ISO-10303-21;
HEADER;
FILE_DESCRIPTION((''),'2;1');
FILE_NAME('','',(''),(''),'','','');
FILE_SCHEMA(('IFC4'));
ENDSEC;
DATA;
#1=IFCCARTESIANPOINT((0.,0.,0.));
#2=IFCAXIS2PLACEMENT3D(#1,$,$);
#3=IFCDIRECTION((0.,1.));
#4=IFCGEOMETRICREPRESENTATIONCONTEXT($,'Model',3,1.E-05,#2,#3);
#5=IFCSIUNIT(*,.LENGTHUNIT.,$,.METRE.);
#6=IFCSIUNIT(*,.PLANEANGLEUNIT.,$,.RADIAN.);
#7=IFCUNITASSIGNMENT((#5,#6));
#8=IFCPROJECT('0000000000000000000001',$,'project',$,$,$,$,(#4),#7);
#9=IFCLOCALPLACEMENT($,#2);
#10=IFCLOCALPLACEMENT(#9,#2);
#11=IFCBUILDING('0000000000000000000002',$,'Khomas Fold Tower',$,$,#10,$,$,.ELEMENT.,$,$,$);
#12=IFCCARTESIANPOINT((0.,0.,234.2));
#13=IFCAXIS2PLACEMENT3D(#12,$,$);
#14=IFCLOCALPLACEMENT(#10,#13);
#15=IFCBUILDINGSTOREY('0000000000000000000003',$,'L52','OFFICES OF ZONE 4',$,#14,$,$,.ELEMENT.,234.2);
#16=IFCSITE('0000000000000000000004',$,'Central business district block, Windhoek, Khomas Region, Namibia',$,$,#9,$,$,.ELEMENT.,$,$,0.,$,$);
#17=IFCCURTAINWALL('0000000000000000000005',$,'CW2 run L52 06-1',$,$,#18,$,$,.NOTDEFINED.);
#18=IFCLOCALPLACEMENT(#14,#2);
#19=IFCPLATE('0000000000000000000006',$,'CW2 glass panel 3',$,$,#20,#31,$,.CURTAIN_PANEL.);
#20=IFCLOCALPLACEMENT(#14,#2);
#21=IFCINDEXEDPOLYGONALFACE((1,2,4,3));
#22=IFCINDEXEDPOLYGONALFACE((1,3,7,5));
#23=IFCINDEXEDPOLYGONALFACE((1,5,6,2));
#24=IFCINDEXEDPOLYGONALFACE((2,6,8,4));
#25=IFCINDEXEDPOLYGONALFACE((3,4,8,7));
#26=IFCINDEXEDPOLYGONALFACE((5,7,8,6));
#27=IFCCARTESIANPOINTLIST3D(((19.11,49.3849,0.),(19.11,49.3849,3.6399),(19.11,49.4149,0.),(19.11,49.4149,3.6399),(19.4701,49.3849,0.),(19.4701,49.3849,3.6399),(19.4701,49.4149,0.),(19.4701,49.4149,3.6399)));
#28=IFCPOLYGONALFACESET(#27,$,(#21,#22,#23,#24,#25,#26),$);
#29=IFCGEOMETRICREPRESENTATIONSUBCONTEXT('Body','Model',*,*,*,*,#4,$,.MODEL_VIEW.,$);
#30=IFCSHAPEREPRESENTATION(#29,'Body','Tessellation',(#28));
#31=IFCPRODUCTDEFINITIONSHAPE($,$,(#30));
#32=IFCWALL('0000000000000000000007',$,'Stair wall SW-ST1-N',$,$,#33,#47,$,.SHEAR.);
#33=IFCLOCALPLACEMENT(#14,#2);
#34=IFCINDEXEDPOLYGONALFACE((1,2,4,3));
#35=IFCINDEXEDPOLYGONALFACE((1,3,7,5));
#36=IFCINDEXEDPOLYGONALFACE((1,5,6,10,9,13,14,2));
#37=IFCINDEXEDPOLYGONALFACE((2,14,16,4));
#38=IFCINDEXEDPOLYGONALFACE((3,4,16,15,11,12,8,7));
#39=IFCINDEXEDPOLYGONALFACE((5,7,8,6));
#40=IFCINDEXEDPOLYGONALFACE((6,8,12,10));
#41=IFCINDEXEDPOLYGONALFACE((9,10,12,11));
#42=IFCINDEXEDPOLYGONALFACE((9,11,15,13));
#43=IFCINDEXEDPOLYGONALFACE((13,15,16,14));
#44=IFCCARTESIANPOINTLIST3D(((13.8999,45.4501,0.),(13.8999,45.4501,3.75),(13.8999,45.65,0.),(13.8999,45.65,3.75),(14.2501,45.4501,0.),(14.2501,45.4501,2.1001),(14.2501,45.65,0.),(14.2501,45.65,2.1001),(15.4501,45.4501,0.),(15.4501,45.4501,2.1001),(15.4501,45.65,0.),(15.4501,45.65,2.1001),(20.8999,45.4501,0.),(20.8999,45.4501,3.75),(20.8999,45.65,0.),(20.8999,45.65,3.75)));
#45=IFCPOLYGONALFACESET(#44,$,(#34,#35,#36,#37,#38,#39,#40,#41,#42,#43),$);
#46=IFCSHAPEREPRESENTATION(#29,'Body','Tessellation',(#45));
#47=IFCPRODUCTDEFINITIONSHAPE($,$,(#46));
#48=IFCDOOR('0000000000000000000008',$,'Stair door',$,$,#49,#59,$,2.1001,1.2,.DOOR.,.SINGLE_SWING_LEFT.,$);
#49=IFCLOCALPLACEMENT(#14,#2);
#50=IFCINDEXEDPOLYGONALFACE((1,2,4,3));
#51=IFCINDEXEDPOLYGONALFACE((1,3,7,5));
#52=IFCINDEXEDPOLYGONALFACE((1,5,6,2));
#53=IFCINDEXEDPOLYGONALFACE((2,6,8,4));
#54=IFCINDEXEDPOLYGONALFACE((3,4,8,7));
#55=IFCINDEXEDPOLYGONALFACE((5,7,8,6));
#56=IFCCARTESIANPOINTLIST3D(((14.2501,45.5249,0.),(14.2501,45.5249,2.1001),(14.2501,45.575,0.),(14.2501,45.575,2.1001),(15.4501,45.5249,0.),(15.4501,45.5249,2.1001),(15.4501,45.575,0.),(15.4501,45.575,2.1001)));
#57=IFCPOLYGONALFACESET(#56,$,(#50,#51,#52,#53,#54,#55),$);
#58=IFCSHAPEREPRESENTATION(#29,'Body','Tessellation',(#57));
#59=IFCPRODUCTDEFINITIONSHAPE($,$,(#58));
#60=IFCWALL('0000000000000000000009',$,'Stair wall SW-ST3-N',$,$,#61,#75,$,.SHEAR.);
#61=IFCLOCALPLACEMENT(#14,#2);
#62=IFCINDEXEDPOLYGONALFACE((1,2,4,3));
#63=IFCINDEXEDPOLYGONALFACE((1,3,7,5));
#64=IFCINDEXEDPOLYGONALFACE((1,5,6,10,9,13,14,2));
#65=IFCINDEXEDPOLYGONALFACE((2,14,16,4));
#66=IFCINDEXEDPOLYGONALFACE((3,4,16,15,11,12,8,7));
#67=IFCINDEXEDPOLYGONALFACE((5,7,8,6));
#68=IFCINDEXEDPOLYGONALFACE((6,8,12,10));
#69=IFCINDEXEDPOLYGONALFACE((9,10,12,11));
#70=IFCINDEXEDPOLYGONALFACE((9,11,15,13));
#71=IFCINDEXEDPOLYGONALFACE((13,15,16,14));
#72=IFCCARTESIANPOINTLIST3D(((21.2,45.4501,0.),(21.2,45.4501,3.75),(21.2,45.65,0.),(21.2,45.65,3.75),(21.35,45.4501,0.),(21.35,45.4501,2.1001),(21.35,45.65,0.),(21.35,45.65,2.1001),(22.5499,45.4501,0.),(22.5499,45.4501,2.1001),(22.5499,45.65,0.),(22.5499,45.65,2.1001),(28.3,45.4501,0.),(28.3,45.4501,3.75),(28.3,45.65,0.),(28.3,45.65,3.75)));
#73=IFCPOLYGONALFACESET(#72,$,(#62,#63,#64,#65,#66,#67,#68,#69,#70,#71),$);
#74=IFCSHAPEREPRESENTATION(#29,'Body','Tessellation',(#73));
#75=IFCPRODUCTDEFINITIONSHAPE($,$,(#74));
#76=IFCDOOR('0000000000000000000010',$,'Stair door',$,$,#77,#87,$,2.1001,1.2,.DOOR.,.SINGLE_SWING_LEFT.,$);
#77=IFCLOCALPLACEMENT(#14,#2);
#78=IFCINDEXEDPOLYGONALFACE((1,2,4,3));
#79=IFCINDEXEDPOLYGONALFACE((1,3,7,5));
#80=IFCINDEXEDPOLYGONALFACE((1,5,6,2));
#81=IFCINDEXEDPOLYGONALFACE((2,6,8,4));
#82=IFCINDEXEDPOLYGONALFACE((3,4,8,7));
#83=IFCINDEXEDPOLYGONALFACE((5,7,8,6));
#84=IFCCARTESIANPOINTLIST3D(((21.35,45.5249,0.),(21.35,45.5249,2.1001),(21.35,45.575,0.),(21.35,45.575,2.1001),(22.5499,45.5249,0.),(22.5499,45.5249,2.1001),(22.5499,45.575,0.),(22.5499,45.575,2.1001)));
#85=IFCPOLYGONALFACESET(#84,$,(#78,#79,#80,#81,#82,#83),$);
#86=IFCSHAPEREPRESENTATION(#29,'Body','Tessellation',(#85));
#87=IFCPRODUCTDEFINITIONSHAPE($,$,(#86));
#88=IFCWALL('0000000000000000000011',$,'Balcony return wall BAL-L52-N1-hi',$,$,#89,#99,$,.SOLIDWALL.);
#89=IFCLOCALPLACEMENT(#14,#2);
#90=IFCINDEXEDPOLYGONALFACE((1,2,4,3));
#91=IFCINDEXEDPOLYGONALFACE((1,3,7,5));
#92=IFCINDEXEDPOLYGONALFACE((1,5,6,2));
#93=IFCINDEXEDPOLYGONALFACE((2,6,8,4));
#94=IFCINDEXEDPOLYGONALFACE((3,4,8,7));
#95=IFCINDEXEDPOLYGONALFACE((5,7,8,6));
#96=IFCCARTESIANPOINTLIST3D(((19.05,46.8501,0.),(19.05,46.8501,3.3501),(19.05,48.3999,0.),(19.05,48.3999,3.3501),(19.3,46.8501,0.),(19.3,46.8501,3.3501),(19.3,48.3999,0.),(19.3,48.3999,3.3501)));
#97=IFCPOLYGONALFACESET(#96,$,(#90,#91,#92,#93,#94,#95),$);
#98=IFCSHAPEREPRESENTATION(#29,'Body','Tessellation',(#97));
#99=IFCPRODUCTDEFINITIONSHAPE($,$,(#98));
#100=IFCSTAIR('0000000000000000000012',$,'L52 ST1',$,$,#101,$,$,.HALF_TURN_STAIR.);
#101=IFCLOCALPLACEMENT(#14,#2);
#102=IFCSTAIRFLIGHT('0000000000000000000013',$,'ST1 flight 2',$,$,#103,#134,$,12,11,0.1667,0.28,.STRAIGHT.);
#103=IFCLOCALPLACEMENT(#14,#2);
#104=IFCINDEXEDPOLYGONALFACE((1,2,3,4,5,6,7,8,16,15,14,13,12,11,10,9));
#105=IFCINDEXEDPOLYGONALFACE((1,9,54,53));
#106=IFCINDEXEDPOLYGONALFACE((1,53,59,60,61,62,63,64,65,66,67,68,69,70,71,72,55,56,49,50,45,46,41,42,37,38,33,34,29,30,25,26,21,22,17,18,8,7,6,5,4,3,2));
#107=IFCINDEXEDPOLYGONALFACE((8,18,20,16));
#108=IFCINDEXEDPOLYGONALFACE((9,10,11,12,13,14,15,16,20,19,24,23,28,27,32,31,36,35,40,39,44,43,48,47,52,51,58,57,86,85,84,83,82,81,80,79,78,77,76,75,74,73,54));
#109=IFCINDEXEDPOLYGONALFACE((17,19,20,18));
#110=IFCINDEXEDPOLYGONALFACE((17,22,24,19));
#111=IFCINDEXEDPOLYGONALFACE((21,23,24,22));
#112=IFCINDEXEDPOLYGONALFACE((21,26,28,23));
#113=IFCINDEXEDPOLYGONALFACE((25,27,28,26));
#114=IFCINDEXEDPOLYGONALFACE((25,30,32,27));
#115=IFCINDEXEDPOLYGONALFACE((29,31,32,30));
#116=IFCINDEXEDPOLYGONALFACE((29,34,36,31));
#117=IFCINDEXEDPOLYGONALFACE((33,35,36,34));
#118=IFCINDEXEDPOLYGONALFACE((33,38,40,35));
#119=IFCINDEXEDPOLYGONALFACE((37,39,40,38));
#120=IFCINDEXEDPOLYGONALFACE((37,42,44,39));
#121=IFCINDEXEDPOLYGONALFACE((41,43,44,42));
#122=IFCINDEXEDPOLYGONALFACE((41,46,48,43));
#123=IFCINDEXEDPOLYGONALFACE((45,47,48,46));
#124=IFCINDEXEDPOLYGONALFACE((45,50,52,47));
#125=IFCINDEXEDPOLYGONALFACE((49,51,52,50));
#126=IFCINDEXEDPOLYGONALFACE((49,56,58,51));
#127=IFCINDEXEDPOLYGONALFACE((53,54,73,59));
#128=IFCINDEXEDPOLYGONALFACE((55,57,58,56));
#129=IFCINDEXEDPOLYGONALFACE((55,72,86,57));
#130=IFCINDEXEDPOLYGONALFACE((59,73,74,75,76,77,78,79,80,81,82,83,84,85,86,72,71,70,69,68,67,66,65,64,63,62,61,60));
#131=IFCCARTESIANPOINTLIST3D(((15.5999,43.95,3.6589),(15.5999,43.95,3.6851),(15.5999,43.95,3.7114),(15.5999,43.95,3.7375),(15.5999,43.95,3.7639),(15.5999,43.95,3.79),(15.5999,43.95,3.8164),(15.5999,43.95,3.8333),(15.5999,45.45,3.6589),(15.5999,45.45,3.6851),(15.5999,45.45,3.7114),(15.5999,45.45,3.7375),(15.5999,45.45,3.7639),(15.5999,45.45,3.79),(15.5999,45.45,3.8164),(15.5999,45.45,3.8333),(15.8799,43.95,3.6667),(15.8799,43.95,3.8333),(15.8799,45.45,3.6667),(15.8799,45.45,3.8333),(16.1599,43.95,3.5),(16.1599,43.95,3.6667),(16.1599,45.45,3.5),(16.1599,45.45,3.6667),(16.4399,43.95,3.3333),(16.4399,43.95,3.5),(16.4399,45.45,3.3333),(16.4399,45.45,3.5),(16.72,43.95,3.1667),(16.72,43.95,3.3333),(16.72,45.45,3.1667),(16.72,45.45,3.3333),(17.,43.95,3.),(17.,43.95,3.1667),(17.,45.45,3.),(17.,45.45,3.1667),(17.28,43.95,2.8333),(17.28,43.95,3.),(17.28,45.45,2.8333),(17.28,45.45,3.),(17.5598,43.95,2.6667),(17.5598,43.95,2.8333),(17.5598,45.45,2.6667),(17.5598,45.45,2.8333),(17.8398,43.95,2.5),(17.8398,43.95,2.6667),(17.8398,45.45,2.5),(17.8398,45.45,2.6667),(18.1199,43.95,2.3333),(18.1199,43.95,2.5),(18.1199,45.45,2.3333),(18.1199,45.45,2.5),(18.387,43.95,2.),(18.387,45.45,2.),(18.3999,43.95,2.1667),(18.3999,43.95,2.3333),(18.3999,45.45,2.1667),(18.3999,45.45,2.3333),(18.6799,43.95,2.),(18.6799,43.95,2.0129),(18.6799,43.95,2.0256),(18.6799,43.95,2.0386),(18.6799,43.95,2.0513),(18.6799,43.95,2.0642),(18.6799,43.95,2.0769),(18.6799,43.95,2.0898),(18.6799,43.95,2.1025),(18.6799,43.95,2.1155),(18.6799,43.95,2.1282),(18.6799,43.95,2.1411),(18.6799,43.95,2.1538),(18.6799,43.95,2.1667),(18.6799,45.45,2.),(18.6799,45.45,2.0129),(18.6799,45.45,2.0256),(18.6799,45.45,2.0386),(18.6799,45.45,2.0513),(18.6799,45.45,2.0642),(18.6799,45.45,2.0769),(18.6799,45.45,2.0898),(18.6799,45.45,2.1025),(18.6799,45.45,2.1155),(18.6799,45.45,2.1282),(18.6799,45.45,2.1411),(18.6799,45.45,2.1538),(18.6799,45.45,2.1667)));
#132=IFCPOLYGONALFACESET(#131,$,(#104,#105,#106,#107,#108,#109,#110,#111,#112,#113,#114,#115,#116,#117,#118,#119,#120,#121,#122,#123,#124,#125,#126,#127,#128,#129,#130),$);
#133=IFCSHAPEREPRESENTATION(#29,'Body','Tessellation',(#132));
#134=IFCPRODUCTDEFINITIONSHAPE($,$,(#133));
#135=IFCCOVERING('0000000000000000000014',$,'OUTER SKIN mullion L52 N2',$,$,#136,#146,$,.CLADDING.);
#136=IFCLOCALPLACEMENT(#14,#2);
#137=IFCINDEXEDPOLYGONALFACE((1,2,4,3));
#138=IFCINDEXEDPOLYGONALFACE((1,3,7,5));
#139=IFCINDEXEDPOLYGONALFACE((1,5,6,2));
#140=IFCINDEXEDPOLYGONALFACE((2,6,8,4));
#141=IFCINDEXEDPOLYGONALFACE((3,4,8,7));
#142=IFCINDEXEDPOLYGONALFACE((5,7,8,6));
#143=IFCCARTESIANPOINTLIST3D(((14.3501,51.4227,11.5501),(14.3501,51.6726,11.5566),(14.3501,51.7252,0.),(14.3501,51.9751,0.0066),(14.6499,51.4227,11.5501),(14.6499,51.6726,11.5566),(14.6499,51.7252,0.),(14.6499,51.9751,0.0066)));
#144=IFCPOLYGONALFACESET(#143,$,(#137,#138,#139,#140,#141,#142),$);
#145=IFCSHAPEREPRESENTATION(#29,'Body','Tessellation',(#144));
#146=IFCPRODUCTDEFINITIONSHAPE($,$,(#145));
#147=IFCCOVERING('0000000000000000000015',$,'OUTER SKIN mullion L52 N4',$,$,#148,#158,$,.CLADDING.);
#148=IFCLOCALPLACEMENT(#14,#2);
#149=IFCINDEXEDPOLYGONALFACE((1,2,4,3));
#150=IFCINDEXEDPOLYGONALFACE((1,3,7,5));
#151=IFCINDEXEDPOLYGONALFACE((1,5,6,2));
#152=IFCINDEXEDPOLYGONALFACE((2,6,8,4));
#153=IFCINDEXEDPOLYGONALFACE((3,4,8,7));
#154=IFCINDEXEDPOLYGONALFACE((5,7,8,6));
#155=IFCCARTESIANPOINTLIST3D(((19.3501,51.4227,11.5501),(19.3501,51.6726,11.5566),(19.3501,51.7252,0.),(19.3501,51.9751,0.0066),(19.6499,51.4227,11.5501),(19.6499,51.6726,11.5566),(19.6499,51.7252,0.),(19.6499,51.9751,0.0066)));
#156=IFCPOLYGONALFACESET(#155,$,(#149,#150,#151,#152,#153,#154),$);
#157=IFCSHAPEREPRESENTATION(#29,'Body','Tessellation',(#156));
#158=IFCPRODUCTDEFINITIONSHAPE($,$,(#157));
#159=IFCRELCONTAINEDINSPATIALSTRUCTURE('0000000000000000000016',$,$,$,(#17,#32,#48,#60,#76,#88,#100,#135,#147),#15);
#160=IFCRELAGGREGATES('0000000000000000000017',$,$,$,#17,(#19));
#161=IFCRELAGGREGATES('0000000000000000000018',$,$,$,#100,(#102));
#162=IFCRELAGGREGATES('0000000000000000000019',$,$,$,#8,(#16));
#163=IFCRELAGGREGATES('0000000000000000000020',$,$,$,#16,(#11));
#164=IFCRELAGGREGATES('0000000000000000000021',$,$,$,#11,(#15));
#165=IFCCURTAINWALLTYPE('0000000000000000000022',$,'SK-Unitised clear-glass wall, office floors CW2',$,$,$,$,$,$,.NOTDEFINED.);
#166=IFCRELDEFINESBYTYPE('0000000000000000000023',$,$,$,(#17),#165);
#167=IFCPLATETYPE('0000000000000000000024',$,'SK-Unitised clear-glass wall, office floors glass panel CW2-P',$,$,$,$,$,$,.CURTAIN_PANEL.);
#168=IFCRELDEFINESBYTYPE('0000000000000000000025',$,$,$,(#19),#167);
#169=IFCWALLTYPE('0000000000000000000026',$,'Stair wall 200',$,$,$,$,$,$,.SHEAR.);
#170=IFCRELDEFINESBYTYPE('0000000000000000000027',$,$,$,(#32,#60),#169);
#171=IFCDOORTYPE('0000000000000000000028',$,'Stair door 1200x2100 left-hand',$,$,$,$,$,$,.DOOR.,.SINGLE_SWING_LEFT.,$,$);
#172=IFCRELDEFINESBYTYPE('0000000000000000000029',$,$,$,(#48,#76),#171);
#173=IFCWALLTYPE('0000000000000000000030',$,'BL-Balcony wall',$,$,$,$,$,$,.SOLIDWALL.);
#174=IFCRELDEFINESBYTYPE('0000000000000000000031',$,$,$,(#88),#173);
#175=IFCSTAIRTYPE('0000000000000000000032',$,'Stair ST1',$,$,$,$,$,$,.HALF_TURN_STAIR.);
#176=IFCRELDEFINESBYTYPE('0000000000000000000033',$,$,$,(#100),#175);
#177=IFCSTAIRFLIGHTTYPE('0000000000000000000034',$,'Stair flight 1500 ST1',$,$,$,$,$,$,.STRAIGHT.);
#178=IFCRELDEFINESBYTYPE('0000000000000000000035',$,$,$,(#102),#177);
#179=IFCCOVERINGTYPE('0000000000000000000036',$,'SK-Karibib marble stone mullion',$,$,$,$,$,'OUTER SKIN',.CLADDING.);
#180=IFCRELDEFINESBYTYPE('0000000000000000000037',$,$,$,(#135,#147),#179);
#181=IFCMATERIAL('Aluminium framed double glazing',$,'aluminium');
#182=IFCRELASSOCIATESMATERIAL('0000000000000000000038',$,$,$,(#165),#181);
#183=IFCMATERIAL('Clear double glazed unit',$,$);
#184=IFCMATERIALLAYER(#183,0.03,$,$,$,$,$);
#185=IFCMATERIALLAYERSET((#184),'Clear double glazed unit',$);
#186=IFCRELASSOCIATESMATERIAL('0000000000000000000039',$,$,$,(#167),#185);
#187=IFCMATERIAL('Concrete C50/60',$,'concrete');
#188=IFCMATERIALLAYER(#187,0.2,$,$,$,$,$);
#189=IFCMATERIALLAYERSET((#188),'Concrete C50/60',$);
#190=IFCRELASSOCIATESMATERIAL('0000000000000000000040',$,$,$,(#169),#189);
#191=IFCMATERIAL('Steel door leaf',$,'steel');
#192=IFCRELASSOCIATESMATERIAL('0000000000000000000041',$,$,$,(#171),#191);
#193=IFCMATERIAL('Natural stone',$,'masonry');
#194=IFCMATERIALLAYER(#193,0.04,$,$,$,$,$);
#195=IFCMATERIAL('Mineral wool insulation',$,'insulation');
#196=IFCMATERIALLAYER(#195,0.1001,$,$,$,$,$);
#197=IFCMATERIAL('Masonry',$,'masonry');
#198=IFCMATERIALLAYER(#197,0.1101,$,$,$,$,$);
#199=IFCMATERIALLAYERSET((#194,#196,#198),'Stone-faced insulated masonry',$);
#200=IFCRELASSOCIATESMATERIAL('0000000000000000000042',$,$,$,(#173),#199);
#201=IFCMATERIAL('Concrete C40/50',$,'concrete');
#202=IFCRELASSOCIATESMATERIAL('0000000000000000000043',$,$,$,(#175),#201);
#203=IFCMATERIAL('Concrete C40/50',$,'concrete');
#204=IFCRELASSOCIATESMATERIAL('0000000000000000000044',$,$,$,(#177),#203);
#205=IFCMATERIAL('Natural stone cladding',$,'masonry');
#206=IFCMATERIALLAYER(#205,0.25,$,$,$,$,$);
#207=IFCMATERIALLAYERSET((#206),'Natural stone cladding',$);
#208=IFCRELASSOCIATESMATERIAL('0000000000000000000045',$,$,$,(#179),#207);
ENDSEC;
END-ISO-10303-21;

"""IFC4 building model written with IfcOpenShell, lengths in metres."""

from ifc_helpers import new_model, si_unit, direction, frame, frame_2d, origin, origin_2d, place, context, subcontext, project, spatial, polyline, rectangle, outline, extrude, source, transform, mapped, material, layer, layer_set, type_object, element, fill, aggregate, save


model = new_model("IFC4")

# Units and contexts
model_context = context("Model", 3, precision=1e-05, world=origin(), true_north=direction((0.0, 1.0)))
body_context = subcontext(model_context, "Body", "Model", "MODEL_VIEW")
ifc_project = project(units=[si_unit("LENGTHUNIT", "METRE"), si_unit("PLANEANGLEUNIT", "RADIAN")], contexts=[model_context])

# Site, building, storey
site_placement = place(None, origin())
site = spatial("IfcSite", under=ifc_project, at=site_placement, Name="Central business district block, Windhoek, Khomas Region, Namibia", CompositionType="ELEMENT", RefElevation=0.0)
building_placement = place(site_placement, origin())
building = spatial("IfcBuilding", under=site, at=building_placement, Name="Khomas Fold Tower", CompositionType="ELEMENT")
storey_placement = place(building_placement, frame((0.0, 0.0, 234.2)))
storey = spatial("IfcBuildingStorey", under=building, at=storey_placement, Name="L52", Description="OFFICES OF ZONE 4", CompositionType="ELEMENT", Elevation=234.2)

# Curtain wall
ifc_material_1 = material(Name="Aluminium framed double glazing", Category="aluminium")
curtain_wall_type = type_object("IfcCurtainWallType", Name="SK-Unitised clear-glass wall, office floors CW2", PredefinedType="NOTDEFINED", material=ifc_material_1)
curtain_wall_placement = place(storey_placement, origin())
curtain_wall = element("IfcCurtainWall", 1, at=curtain_wall_placement, inside=storey, type_object=curtain_wall_type, Name="CW2 run L52 06-1", PredefinedType="NOTDEFINED")

# Plate
ifc_material_2 = material(Name="Clear double glazed unit")
ifc_layer_1 = layer(ifc_material_2, 0.03)
ifc_layer_set_1 = layer_set([ifc_layer_1], Name="Clear double glazed unit")
plate_type_1 = type_object("IfcPlateType", Name="SK-Unitised clear-glass wall, office floors glass panel CW2-P", PredefinedType="CURTAIN_PANEL", material=ifc_layer_set_1)
shared_shape_1 = source(origin(), body_context, "Body", "SweptSolid", [
    extrude(rectangle(XDim=0.3601, YDim=0.03, at=origin_2d()), origin(), (0.0, 0.0, 1.0), 3.6399),
])
plate_placement = place(storey_placement, frame((19.29, 49.3999, 0.0), z_axis=(0.0, 0.0, 1.0), x_axis=(-1.0, 0.0, 0.0)))
plate = element("IfcPlate", 2, at=plate_placement, type_object=plate_type_1, Name="CW2 glass panel 3", PredefinedType="CURTAIN_PANEL", context=body_context, shape_type="MappedRepresentation", body=[
    mapped(shared_shape_1, transform((0.0, 0.0, 0.0))),
])
aggregate(curtain_wall, [plate])

# Walls, openings, doors
ifc_material_3 = material(Name="Concrete C50/60", Category="concrete")
ifc_layer_2 = layer(ifc_material_3, 0.2)
ifc_layer_set_2 = layer_set([ifc_layer_2], Name="Concrete C50/60")
wall_type_1 = type_object("IfcWallType", Name="Stair wall 200", PredefinedType="SHEAR", material=ifc_layer_set_2)
shared_shape_2 = source(origin(), body_context, "Body", "SweptSolid", [
    extrude(rectangle(XDim=7.0, YDim=0.2, at=frame_2d((3.5, 0.0))), origin(), (0.0, 0.0, 1.0), 3.75),
])
wall_1_placement = place(storey_placement, frame((13.8999, 45.55, 0.0), z_axis=(0.0, 0.0, 1.0), x_axis=(1.0, 0.0, 0.0)))
wall_1 = element("IfcWall", 3, at=wall_1_placement, inside=storey, type_object=wall_type_1, Name="Stair wall SW-ST1-N", PredefinedType="SHEAR", context=body_context, shape_type="MappedRepresentation", body=[
    mapped(shared_shape_2, transform((0.0, 0.0, 0.0))),
])
shared_shape_3 = source(origin(), body_context, "Body", "SweptSolid", [
    extrude(rectangle(XDim=1.2, YDim=2.1001, at=frame_2d((0.6001, 1.05))), frame((0.0, 0.1099, 0.0), z_axis=(0.0, -1.0, 0.0), x_axis=(1.0, 0.0, 0.0)), (0.0, 0.0, 1.0), 0.22),
])
opening_1_placement = place(wall_1_placement, frame((0.3501, 0.0, 0.0)))
opening_1 = element("IfcOpeningElement", 4, at=opening_1_placement, cuts=wall_1, PredefinedType="OPENING", context=body_context, shape_type="MappedRepresentation", body=[
    mapped(shared_shape_3, transform((0.0, 0.0, 0.0))),
])
ifc_material_4 = material(Name="Steel door leaf", Category="steel")
door_type = type_object("IfcDoorType", Name="Stair door 1200x2100 left-hand", OperationType="SINGLE_SWING_LEFT", PredefinedType="DOOR", material=ifc_material_4)
shared_shape_4 = source(origin(), body_context, "Body", "SweptSolid", [
    extrude(rectangle(XDim=1.2, YDim=2.1001, at=frame_2d((0.6001, 1.05))), frame((0.0, 0.0249, 0.0), z_axis=(0.0, -1.0, 0.0), x_axis=(1.0, 0.0, 0.0)), (0.0, 0.0, 1.0), 0.05),
])
door_1_placement = place(opening_1_placement, origin())
door_1 = element("IfcDoor", 5, at=door_1_placement, inside=storey, type_object=door_type, Name="Stair door", OperationType="SINGLE_SWING_LEFT", OverallHeight=2.1001, OverallWidth=1.2, PredefinedType="DOOR", context=body_context, shape_type="MappedRepresentation", body=[
    mapped(shared_shape_4, transform((0.0, 0.0, 0.0))),
])
fill(opening_1, door_1)
shared_shape_5 = source(origin(), body_context, "Body", "SweptSolid", [
    extrude(rectangle(XDim=7.1001, YDim=0.2, at=frame_2d((3.55, 0.0))), origin(), (0.0, 0.0, 1.0), 3.75),
])
wall_2_placement = place(storey_placement, frame((21.2, 45.55, 0.0), z_axis=(0.0, 0.0, 1.0), x_axis=(1.0, 0.0, 0.0)))
wall_2 = element("IfcWall", 6, at=wall_2_placement, inside=storey, type_object=wall_type_1, Name="Stair wall SW-ST3-N", PredefinedType="SHEAR", context=body_context, shape_type="MappedRepresentation", body=[
    mapped(shared_shape_5, transform((0.0, 0.0, 0.0))),
])
opening_2_placement = place(wall_2_placement, frame((0.1499, 0.0, 0.0)))
opening_2 = element("IfcOpeningElement", 7, at=opening_2_placement, cuts=wall_2, PredefinedType="OPENING", context=body_context, shape_type="MappedRepresentation", body=[
    mapped(shared_shape_3, transform((0.0, 0.0, 0.0))),
])
door_2_placement = place(opening_2_placement, origin())
door_2 = element("IfcDoor", 8, at=door_2_placement, inside=storey, type_object=door_type, Name="Stair door", OperationType="SINGLE_SWING_LEFT", OverallHeight=2.1001, OverallWidth=1.2, PredefinedType="DOOR", context=body_context, shape_type="MappedRepresentation", body=[
    mapped(shared_shape_4, transform((0.0, 0.0, 0.0))),
])
fill(opening_2, door_2)

# Wall
ifc_material_5 = material(Name="Natural stone", Category="masonry")
ifc_layer_3 = layer(ifc_material_5, 0.04)
ifc_material_6 = material(Name="Mineral wool insulation", Category="insulation")
ifc_layer_4 = layer(ifc_material_6, 0.1001)
ifc_material_7 = material(Name="Masonry", Category="masonry")
ifc_layer_5 = layer(ifc_material_7, 0.1101)
ifc_layer_set_3 = layer_set([ifc_layer_3, ifc_layer_4, ifc_layer_5], Name="Stone-faced insulated masonry")
wall_type_2 = type_object("IfcWallType", Name="BL-Balcony wall", PredefinedType="SOLIDWALL", material=ifc_layer_set_3)
shared_shape_6 = source(origin(), body_context, "Body", "SweptSolid", [
    extrude(rectangle(XDim=1.5498, YDim=0.25, at=frame_2d((0.7749, 0.0))), origin(), (0.0, 0.0, 1.0), 3.3501),
])
wall_3_placement = place(storey_placement, frame((19.175, 48.3999, 0.0), z_axis=(0.0, 0.0, 1.0), x_axis=(0.0, -1.0, 0.0)))
element("IfcWall", 9, at=wall_3_placement, inside=storey, type_object=wall_type_2, Name="Balcony return wall BAL-L52-N1-hi", PredefinedType="SOLIDWALL", context=body_context, shape_type="MappedRepresentation", body=[
    mapped(shared_shape_6, transform((0.0, 0.0, 0.0))),
])

# Stair, stair flight
ifc_material_8 = material(Name="Concrete C40/50", Category="concrete")
stair_type = type_object("IfcStairType", Name="Stair ST1", PredefinedType="HALF_TURN_STAIR", material=ifc_material_8)
stair_placement = place(storey_placement, origin())
stair = element("IfcStair", 10, at=stair_placement, inside=storey, type_object=stair_type, Name="L52 ST1", PredefinedType="HALF_TURN_STAIR")
ifc_material_9 = material(Name="Concrete C40/50", Category="concrete")
stair_flight_type = type_object("IfcStairFlightType", Name="Stair flight 1500 ST1", PredefinedType="STRAIGHT", material=ifc_material_9)
shared_shape_7 = source(origin(), body_context, "Body", "SweptSolid", [
    extrude(outline(polyline([(0.0, 0.0), (0.0, 0.0129), (0.0, 0.0256), (0.0, 0.0386), (0.0, 0.0513), (0.0, 0.0642), (0.0, 0.0769), (0.0, 0.0898), (0.0, 0.1025), (0.0, 0.1155), (0.0, 0.1282), (0.0, 0.1411), (0.0, 0.1538), (0.0, 0.1667), (0.28, 0.1667), (0.28, 0.3333), (0.5601, 0.3333), (0.5601, 0.5), (0.8401, 0.5), (0.8401, 0.6667), (1.1201, 0.6667), (1.1201, 0.8333), (1.3999, 0.8333), (1.3999, 1.0), (1.6799, 1.0), (1.6799, 1.1667), (1.96, 1.1667), (1.96, 1.3333), (2.24, 1.3333), (2.24, 1.5), (2.52, 1.5), (2.52, 1.6667), (2.8, 1.6667), (2.8, 1.8333), (3.0801, 1.8333), (3.0801, 2.0), (3.0801, 1.9739), (3.0801, 1.9475), (3.0801, 1.9214), (3.0801, 1.895), (3.0801, 1.8689), (3.0801, 1.8425), (3.0801, 1.8164), (3.0801, 1.79), (3.0801, 1.7639), (3.0801, 1.7375), (3.0801, 1.7114), (3.0801, 1.6851), (3.0801, 1.6589), (0.293, 0.0), (0.0, 0.0)])), frame((0.0, 0.75, 0.0), z_axis=(0.0, -1.0, 0.0), x_axis=(1.0, 0.0, 0.0)), (0.0, 0.0, 1.0), 1.5),
])
stair_flight_placement = place(storey_placement, frame((18.6799, 44.7, 2.0), z_axis=(0.0, 0.0, 1.0), x_axis=(-1.0, 0.0, 0.0)))
stair_flight = element("IfcStairFlight", 11, at=stair_flight_placement, type_object=stair_flight_type, Name="ST1 flight 2", NumberOfRisers=12, NumberOfTreads=11, PredefinedType="STRAIGHT", RiserHeight=0.1667, TreadLength=0.28, context=body_context, shape_type="MappedRepresentation", body=[
    mapped(shared_shape_7, transform((0.0, 0.0, 0.0))),
])
aggregate(stair, [stair_flight])

# Coverings
ifc_material_10 = material(Name="Natural stone cladding", Category="masonry")
ifc_layer_6 = layer(ifc_material_10, 0.25)
ifc_layer_set_4 = layer_set([ifc_layer_6], Name="Natural stone cladding")
covering_type = type_object("IfcCoveringType", Name="SK-Karibib marble stone mullion", ElementType="OUTER SKIN", PredefinedType="CLADDING", material=ifc_layer_set_4)
for number, where, z_axis, x_axis, name in (
    (12, (14.3501, 51.9751, 0.0066), (0.0, 0.999657, 0.026181), (1.0, 0.0, 0.0), "OUTER SKIN mullion L52 N2"),
    (13, (19.3501, 51.9751, 0.0066), (0.0, 0.999657, 0.026181), (1.0, 0.0, 0.0), "OUTER SKIN mullion L52 N4"),
):
    element("IfcCovering", number, at=place(storey_placement, frame(where, z_axis=z_axis, x_axis=x_axis)), inside=storey, type_object=covering_type, Name=name, PredefinedType="CLADDING", context=body_context, shape_type="SweptSolid", body=[
        extrude(outline(polyline([(0.0, 0.0), (0.2998, 0.0), (0.2998, -11.554), (0.0, -11.554), (0.0, 0.0)])), origin(), (0.0, 0.0, -1.0), 0.25),
    ])

save(model, "model.ifc")
